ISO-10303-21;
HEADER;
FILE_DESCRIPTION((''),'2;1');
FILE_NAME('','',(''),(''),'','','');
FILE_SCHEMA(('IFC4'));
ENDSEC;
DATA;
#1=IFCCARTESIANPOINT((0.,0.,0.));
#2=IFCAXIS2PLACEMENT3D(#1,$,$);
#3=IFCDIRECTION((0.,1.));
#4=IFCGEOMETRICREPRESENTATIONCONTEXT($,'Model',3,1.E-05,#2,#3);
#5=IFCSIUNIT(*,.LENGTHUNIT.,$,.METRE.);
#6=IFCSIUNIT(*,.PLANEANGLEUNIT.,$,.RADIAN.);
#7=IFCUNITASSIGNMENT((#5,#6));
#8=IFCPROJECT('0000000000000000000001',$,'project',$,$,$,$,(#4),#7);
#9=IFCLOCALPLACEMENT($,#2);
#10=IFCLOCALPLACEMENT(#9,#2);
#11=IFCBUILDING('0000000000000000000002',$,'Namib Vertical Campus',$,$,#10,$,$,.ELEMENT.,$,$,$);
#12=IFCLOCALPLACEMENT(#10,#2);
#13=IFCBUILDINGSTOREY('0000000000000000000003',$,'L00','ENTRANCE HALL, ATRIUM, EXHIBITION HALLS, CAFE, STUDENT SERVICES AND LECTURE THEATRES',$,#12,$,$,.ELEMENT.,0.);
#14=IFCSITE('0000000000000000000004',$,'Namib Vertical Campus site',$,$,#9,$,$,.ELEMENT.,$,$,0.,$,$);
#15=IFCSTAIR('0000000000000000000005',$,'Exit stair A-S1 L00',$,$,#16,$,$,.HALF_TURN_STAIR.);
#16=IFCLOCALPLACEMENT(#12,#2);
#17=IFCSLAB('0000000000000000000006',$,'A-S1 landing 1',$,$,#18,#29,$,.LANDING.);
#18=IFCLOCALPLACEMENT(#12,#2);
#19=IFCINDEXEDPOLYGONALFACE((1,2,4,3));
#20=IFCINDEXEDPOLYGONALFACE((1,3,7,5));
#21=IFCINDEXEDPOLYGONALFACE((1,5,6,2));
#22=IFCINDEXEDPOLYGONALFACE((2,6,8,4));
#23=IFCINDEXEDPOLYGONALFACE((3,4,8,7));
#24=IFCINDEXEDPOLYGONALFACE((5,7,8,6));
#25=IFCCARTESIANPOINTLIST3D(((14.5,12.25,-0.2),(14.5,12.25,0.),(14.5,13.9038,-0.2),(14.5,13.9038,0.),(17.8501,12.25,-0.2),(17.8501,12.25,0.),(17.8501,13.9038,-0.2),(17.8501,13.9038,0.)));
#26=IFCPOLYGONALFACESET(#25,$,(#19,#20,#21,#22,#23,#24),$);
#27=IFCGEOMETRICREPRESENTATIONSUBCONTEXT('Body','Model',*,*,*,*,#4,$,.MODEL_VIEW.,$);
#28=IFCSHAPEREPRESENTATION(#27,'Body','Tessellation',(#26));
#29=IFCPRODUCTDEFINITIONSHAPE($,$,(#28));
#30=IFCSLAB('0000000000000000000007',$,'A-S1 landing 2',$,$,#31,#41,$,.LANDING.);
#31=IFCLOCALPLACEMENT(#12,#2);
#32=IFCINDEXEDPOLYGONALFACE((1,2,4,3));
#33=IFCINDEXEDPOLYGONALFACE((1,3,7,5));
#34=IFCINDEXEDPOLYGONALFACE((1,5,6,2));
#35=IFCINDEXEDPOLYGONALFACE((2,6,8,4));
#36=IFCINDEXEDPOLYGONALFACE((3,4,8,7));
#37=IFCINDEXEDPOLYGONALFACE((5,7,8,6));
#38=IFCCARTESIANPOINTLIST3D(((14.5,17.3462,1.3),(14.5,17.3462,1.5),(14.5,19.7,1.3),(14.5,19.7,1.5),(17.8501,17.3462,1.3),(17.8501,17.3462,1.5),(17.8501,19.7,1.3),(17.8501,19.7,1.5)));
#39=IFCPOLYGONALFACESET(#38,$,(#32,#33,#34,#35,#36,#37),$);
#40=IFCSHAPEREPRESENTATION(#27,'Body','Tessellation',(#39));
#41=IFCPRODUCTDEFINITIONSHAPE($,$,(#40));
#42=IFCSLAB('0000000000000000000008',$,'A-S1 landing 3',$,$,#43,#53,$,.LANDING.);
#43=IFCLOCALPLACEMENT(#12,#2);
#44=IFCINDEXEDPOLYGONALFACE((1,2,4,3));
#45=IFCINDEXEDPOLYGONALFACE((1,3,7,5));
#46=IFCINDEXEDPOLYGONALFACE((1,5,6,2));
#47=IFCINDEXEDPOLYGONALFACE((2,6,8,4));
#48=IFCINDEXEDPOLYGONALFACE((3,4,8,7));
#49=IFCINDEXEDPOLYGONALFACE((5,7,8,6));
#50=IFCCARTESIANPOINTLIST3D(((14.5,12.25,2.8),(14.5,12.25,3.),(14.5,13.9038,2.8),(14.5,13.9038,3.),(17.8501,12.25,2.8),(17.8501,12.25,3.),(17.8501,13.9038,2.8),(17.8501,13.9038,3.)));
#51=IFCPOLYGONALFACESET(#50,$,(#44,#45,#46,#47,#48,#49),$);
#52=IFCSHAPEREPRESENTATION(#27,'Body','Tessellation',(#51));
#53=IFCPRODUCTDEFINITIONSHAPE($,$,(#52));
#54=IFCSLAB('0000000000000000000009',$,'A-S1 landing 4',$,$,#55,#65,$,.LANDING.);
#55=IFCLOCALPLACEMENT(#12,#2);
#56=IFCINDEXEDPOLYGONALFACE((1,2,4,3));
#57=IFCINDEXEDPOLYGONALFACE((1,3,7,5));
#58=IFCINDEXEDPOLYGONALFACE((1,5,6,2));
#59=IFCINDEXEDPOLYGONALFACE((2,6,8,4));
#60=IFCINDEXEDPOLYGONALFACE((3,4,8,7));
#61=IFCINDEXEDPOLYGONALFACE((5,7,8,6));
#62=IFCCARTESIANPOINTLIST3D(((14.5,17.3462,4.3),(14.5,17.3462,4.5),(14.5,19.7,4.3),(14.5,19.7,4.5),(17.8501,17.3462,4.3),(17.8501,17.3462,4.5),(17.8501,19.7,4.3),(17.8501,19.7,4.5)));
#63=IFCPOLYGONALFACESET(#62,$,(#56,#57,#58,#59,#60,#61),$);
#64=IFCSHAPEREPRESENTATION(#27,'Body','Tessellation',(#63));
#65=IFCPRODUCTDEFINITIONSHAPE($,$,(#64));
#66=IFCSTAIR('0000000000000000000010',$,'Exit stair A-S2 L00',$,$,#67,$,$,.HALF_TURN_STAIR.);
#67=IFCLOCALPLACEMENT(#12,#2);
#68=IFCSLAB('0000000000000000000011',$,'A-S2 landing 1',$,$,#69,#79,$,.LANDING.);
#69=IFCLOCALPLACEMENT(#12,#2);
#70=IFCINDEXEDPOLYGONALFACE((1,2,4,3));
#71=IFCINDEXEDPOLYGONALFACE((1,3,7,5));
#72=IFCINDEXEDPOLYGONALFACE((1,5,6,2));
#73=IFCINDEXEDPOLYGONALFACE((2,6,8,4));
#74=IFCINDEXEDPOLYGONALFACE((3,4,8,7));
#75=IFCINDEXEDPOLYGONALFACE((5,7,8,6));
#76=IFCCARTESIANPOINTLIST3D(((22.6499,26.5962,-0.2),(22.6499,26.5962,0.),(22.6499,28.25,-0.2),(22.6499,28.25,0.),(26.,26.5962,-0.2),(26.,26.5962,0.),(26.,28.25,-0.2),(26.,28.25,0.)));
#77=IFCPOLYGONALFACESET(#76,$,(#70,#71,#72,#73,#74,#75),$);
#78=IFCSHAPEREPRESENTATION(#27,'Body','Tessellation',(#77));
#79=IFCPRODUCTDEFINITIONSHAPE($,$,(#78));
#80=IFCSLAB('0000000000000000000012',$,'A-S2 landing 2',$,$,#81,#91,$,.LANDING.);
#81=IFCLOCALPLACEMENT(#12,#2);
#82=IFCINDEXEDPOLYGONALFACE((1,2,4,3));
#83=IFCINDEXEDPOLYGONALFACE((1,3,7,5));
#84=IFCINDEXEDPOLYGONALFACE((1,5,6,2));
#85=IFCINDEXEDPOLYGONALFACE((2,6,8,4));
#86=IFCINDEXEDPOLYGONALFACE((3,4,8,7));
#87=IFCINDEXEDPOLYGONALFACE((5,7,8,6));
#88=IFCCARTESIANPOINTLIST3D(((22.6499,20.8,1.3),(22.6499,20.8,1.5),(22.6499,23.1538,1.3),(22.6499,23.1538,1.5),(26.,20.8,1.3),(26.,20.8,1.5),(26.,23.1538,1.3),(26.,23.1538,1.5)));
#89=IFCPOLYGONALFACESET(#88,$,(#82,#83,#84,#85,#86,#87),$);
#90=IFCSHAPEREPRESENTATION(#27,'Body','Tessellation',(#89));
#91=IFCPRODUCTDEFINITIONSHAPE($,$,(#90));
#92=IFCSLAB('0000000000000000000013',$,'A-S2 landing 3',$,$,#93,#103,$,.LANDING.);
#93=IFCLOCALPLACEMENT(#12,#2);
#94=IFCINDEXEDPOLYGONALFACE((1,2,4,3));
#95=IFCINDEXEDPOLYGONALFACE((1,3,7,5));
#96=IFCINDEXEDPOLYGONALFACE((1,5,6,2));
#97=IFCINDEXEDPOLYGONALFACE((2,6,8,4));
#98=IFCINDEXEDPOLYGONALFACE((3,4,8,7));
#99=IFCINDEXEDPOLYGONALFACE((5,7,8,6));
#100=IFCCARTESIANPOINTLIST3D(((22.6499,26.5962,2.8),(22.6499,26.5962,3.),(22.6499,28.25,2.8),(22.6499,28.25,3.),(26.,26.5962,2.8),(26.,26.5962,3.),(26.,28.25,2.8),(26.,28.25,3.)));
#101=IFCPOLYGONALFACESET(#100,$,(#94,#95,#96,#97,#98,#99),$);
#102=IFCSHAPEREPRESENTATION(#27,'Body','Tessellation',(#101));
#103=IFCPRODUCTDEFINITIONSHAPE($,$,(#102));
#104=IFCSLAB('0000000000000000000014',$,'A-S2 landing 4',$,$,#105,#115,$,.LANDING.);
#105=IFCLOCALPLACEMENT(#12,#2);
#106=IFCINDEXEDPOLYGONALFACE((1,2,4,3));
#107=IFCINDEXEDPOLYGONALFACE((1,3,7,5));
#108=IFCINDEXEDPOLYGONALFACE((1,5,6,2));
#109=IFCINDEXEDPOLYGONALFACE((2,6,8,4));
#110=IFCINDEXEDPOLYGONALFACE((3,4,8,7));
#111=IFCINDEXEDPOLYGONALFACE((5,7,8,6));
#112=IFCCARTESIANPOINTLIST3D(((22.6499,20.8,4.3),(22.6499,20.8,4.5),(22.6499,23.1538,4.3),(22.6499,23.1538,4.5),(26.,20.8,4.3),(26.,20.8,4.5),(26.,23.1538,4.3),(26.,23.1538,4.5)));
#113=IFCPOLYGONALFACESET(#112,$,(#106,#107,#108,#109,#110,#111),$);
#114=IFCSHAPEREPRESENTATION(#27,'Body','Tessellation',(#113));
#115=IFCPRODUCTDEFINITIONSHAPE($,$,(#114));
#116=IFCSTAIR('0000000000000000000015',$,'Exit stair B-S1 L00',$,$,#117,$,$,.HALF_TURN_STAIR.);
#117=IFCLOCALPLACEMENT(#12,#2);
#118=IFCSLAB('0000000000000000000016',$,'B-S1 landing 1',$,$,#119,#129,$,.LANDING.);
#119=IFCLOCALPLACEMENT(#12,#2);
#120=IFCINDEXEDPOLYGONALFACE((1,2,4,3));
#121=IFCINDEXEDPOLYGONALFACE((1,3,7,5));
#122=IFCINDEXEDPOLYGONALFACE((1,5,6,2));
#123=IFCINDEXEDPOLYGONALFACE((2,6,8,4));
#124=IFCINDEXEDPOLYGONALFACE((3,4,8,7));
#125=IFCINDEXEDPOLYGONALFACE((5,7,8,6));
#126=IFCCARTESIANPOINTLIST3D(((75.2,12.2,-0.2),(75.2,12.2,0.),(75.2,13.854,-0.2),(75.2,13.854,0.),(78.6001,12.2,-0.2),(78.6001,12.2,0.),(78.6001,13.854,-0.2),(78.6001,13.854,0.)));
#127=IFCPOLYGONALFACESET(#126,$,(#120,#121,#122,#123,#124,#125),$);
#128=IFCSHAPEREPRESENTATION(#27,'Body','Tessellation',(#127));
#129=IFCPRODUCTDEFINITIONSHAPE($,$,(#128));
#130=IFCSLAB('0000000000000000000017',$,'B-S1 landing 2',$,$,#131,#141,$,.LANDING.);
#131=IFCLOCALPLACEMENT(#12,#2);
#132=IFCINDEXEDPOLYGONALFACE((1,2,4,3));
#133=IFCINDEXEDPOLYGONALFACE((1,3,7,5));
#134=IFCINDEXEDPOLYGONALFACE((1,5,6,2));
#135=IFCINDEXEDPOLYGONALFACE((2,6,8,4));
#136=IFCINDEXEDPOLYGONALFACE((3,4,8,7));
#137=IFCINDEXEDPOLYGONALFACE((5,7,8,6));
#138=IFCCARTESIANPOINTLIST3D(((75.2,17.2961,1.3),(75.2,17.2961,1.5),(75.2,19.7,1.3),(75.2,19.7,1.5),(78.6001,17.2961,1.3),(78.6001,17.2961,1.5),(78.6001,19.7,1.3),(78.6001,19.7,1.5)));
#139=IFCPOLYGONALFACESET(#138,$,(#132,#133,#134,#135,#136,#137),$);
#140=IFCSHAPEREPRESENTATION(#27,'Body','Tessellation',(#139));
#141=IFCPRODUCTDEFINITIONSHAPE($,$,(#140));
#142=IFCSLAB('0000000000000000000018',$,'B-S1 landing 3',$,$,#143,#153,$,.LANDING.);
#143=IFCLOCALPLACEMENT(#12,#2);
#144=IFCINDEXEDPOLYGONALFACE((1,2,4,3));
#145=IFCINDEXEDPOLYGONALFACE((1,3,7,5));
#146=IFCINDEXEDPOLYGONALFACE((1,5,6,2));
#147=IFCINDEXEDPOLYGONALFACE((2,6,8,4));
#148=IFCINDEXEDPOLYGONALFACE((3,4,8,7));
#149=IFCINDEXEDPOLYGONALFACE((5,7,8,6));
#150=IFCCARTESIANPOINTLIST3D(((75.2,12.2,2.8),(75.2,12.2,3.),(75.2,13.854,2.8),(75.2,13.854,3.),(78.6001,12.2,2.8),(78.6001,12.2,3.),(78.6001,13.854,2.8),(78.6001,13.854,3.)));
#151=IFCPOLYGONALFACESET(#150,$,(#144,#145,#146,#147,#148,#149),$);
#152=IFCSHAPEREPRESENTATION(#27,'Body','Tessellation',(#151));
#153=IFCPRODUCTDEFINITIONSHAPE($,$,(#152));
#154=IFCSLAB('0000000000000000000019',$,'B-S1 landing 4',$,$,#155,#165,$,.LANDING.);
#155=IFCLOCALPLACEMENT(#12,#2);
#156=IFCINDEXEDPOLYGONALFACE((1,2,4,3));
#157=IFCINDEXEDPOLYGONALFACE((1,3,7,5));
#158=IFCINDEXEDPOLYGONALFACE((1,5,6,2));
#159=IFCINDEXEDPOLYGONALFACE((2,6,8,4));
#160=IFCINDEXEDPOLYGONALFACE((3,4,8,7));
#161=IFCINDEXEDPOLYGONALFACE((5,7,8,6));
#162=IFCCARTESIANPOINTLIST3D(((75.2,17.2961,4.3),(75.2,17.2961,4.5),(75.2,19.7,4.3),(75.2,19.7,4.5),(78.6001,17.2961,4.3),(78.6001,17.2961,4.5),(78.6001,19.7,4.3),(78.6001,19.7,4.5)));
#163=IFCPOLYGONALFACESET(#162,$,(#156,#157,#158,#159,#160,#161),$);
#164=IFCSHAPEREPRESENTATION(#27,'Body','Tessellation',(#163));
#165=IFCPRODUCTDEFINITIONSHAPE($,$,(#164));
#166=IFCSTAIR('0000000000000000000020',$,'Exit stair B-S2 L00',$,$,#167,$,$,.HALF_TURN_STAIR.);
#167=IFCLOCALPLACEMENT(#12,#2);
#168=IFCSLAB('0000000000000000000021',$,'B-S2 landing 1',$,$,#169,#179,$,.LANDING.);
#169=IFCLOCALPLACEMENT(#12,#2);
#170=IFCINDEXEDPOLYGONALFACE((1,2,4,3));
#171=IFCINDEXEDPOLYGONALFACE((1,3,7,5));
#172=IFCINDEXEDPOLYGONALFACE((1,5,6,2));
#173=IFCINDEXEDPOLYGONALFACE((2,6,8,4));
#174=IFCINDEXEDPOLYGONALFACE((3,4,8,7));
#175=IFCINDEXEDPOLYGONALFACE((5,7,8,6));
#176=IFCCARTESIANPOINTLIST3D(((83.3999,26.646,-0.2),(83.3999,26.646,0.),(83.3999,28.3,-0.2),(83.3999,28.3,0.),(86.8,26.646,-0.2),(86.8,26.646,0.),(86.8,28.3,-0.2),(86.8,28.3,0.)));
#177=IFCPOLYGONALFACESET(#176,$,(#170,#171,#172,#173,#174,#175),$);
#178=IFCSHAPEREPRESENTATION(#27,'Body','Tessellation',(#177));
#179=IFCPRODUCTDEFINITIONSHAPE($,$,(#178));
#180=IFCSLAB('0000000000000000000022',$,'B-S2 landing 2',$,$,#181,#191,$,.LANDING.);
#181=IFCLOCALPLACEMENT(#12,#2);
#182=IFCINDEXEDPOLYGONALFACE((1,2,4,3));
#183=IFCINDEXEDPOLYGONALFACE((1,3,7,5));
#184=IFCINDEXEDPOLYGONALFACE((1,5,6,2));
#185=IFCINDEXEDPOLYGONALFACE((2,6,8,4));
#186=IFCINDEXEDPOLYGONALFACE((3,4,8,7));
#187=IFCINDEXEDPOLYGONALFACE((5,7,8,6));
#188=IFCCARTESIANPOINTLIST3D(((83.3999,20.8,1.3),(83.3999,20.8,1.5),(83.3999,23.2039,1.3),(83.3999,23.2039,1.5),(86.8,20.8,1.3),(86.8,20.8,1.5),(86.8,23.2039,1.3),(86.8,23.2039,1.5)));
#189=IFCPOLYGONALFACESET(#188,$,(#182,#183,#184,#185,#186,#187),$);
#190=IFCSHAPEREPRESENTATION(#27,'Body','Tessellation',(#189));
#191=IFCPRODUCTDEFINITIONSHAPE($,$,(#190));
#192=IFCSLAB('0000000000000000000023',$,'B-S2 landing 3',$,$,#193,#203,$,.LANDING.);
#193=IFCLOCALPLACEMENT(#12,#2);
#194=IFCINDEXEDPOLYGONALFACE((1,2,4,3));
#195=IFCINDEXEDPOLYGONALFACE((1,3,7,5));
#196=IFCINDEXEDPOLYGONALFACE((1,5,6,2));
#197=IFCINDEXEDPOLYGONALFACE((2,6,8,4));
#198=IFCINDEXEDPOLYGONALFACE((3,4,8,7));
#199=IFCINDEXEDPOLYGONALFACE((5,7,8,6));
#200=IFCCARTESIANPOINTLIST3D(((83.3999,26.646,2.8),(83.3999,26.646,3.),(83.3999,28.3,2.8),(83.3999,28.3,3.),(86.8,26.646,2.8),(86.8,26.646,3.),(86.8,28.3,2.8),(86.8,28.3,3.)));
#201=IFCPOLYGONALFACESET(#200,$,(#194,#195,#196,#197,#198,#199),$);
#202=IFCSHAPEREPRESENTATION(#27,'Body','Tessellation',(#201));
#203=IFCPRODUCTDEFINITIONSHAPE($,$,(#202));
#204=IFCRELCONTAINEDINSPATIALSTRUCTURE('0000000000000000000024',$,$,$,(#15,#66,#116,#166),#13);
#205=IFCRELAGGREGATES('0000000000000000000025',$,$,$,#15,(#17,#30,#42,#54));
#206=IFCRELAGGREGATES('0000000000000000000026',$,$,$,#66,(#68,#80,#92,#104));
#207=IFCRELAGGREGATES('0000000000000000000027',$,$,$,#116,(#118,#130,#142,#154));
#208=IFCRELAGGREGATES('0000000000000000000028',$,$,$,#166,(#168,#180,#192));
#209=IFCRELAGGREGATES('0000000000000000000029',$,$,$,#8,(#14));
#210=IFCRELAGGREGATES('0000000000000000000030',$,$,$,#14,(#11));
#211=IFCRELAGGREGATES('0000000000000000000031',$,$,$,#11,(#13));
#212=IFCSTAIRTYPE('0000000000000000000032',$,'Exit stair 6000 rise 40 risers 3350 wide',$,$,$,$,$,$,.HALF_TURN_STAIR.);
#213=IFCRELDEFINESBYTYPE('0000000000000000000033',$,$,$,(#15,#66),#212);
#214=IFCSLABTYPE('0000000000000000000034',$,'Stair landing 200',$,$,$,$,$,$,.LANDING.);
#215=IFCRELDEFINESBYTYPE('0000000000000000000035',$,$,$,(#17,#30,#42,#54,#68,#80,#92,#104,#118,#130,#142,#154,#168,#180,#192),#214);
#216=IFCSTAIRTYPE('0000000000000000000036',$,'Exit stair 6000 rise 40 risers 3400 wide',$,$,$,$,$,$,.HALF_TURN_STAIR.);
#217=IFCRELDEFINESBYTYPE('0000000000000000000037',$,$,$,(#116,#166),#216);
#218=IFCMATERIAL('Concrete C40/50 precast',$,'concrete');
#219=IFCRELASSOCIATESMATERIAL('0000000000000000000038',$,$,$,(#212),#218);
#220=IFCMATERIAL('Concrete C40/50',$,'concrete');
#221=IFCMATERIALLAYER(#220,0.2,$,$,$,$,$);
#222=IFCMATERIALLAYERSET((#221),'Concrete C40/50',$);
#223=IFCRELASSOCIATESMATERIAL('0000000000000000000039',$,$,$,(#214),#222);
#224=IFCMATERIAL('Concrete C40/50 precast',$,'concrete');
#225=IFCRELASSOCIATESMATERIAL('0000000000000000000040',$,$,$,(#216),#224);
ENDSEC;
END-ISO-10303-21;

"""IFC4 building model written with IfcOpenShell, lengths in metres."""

from ifc_helpers import new_model, si_unit, direction, frame, origin, place, context, subcontext, project, spatial, polyline, outline, extrude, material, layer, layer_set, type_object, element, aggregate, save


model = new_model("IFC4")

# Units and contexts
model_context = context("Model", 3, precision=1e-05, world=origin(), true_north=direction((0.0, 1.0)))
body_context = subcontext(model_context, "Body", "Model", "MODEL_VIEW")
ifc_project = project(units=[si_unit("LENGTHUNIT", "METRE"), si_unit("PLANEANGLEUNIT", "RADIAN")], contexts=[model_context])

# Site, building, storey
site_placement = place(None, origin())
site = spatial("IfcSite", under=ifc_project, at=site_placement, Name="Namib Vertical Campus site", CompositionType="ELEMENT", RefElevation=0.0)
building_placement = place(site_placement, origin())
building = spatial("IfcBuilding", under=site, at=building_placement, Name="Namib Vertical Campus", CompositionType="ELEMENT")
storey_placement = place(building_placement, origin())
storey = spatial("IfcBuildingStorey", under=building, at=storey_placement, Name="L00", Description="ENTRANCE HALL, ATRIUM, EXHIBITION HALLS, CAFE, STUDENT SERVICES AND LECTURE THEATRES", CompositionType="ELEMENT", Elevation=0.0)

# Stairs, slabs
ifc_material_1 = material(Name="Concrete C40/50 precast", Category="concrete")
stair_type_1 = type_object("IfcStairType", Name="Exit stair 6000 rise 40 risers 3350 wide", PredefinedType="HALF_TURN_STAIR", material=ifc_material_1)
stair_1_placement = place(storey_placement, origin())
stair_1 = element("IfcStair", 1, at=stair_1_placement, inside=storey, type_object=stair_type_1, Name="Exit stair A-S1 L00", PredefinedType="HALF_TURN_STAIR")
ifc_material_2 = material(Name="Concrete C40/50", Category="concrete")
ifc_layer_1 = layer(ifc_material_2, 0.2)
ifc_layer_set_1 = layer_set([ifc_layer_1], Name="Concrete C40/50")
slab_type_1 = type_object("IfcSlabType", Name="Stair landing 200", PredefinedType="LANDING", material=ifc_layer_set_1)
slab_1_placement = place(storey_placement, frame((0.0, 0.0, -0.2)))
slab_1 = element("IfcSlab", 2, at=slab_1_placement, type_object=slab_type_1, Name="A-S1 landing 1", PredefinedType="LANDING", context=body_context, shape_type="SweptSolid", body=[
    extrude(outline(polyline([(14.5, 12.25), (17.8501, 12.25), (17.8501, 13.9038), (14.5, 13.9038), (14.5, 12.25)])), origin(), (0.0, 0.0, 1.0), 0.2),
])
slab_2_placement = place(storey_placement, frame((0.0, 0.0, 1.3)))
slab_2 = element("IfcSlab", 3, at=slab_2_placement, type_object=slab_type_1, Name="A-S1 landing 2", PredefinedType="LANDING", context=body_context, shape_type="SweptSolid", body=[
    extrude(outline(polyline([(14.5, 17.3462), (17.8501, 17.3462), (17.8501, 19.7), (14.5, 19.7), (14.5, 17.3462)])), origin(), (0.0, 0.0, 1.0), 0.2),
])
slab_3_placement = place(storey_placement, frame((0.0, 0.0, 2.8)))
slab_3 = element("IfcSlab", 4, at=slab_3_placement, type_object=slab_type_1, Name="A-S1 landing 3", PredefinedType="LANDING", context=body_context, shape_type="SweptSolid", body=[
    extrude(outline(polyline([(14.5, 12.25), (17.8501, 12.25), (17.8501, 13.9038), (14.5, 13.9038), (14.5, 12.25)])), origin(), (0.0, 0.0, 1.0), 0.2),
])
slab_4_placement = place(storey_placement, frame((0.0, 0.0, 4.3)))
slab_4 = element("IfcSlab", 5, at=slab_4_placement, type_object=slab_type_1, Name="A-S1 landing 4", PredefinedType="LANDING", context=body_context, shape_type="SweptSolid", body=[
    extrude(outline(polyline([(14.5, 17.3462), (17.8501, 17.3462), (17.8501, 19.7), (14.5, 19.7), (14.5, 17.3462)])), origin(), (0.0, 0.0, 1.0), 0.2),
])
aggregate(stair_1, [slab_1, slab_2, slab_3, slab_4])
stair_2_placement = place(storey_placement, origin())
stair_2 = element("IfcStair", 6, at=stair_2_placement, inside=storey, type_object=stair_type_1, Name="Exit stair A-S2 L00", PredefinedType="HALF_TURN_STAIR")
slab_5_placement = place(storey_placement, frame((0.0, 0.0, -0.2)))
slab_5 = element("IfcSlab", 7, at=slab_5_placement, type_object=slab_type_1, Name="A-S2 landing 1", PredefinedType="LANDING", context=body_context, shape_type="SweptSolid", body=[
    extrude(outline(polyline([(22.6499, 26.5962), (26.0, 26.5962), (26.0, 28.25), (22.6499, 28.25), (22.6499, 26.5962)])), origin(), (0.0, 0.0, 1.0), 0.2),
])
slab_6_placement = place(storey_placement, frame((0.0, 0.0, 1.3)))
slab_6 = element("IfcSlab", 8, at=slab_6_placement, type_object=slab_type_1, Name="A-S2 landing 2", PredefinedType="LANDING", context=body_context, shape_type="SweptSolid", body=[
    extrude(outline(polyline([(22.6499, 20.8), (26.0, 20.8), (26.0, 23.1538), (22.6499, 23.1538), (22.6499, 20.8)])), origin(), (0.0, 0.0, 1.0), 0.2),
])
slab_7_placement = place(storey_placement, frame((0.0, 0.0, 2.8)))
slab_7 = element("IfcSlab", 9, at=slab_7_placement, type_object=slab_type_1, Name="A-S2 landing 3", PredefinedType="LANDING", context=body_context, shape_type="SweptSolid", body=[
    extrude(outline(polyline([(22.6499, 26.5962), (26.0, 26.5962), (26.0, 28.25), (22.6499, 28.25), (22.6499, 26.5962)])), origin(), (0.0, 0.0, 1.0), 0.2),
])
slab_8_placement = place(storey_placement, frame((0.0, 0.0, 4.3)))
slab_8 = element("IfcSlab", 10, at=slab_8_placement, type_object=slab_type_1, Name="A-S2 landing 4", PredefinedType="LANDING", context=body_context, shape_type="SweptSolid", body=[
    extrude(outline(polyline([(22.6499, 20.8), (26.0, 20.8), (26.0, 23.1538), (22.6499, 23.1538), (22.6499, 20.8)])), origin(), (0.0, 0.0, 1.0), 0.2),
])
aggregate(stair_2, [slab_5, slab_6, slab_7, slab_8])
ifc_material_3 = material(Name="Concrete C40/50 precast", Category="concrete")
stair_type_2 = type_object("IfcStairType", Name="Exit stair 6000 rise 40 risers 3400 wide", PredefinedType="HALF_TURN_STAIR", material=ifc_material_3)
stair_3_placement = place(storey_placement, origin())
stair_3 = element("IfcStair", 11, at=stair_3_placement, inside=storey, type_object=stair_type_2, Name="Exit stair B-S1 L00", PredefinedType="HALF_TURN_STAIR")
slab_9_placement = place(storey_placement, frame((0.0, 0.0, -0.2)))
slab_9 = element("IfcSlab", 12, at=slab_9_placement, type_object=slab_type_1, Name="B-S1 landing 1", PredefinedType="LANDING", context=body_context, shape_type="SweptSolid", body=[
    extrude(outline(polyline([(75.2, 12.2), (78.6001, 12.2), (78.6001, 13.854), (75.2, 13.854), (75.2, 12.2)])), origin(), (0.0, 0.0, 1.0), 0.2),
])
slab_10_placement = place(storey_placement, frame((0.0, 0.0, 1.3)))
slab_10 = element("IfcSlab", 13, at=slab_10_placement, type_object=slab_type_1, Name="B-S1 landing 2", PredefinedType="LANDING", context=body_context, shape_type="SweptSolid", body=[
    extrude(outline(polyline([(75.2, 17.2961), (78.6001, 17.2961), (78.6001, 19.7), (75.2, 19.7), (75.2, 17.2961)])), origin(), (0.0, 0.0, 1.0), 0.2),
])
slab_11_placement = place(storey_placement, frame((0.0, 0.0, 2.8)))
slab_11 = element("IfcSlab", 14, at=slab_11_placement, type_object=slab_type_1, Name="B-S1 landing 3", PredefinedType="LANDING", context=body_context, shape_type="SweptSolid", body=[
    extrude(outline(polyline([(75.2, 12.2), (78.6001, 12.2), (78.6001, 13.854), (75.2, 13.854), (75.2, 12.2)])), origin(), (0.0, 0.0, 1.0), 0.2),
])
slab_12_placement = place(storey_placement, frame((0.0, 0.0, 4.3)))
slab_12 = element("IfcSlab", 15, at=slab_12_placement, type_object=slab_type_1, Name="B-S1 landing 4", PredefinedType="LANDING", context=body_context, shape_type="SweptSolid", body=[
    extrude(outline(polyline([(75.2, 17.2961), (78.6001, 17.2961), (78.6001, 19.7), (75.2, 19.7), (75.2, 17.2961)])), origin(), (0.0, 0.0, 1.0), 0.2),
])
aggregate(stair_3, [slab_9, slab_10, slab_11, slab_12])
stair_4_placement = place(storey_placement, origin())
stair_4 = element("IfcStair", 16, at=stair_4_placement, inside=storey, type_object=stair_type_2, Name="Exit stair B-S2 L00", PredefinedType="HALF_TURN_STAIR")
slab_13_placement = place(storey_placement, frame((0.0, 0.0, -0.2)))
slab_13 = element("IfcSlab", 17, at=slab_13_placement, type_object=slab_type_1, Name="B-S2 landing 1", PredefinedType="LANDING", context=body_context, shape_type="SweptSolid", body=[
    extrude(outline(polyline([(83.3999, 26.646), (86.8, 26.646), (86.8, 28.3), (83.3999, 28.3), (83.3999, 26.646)])), origin(), (0.0, 0.0, 1.0), 0.2),
])
slab_14_placement = place(storey_placement, frame((0.0, 0.0, 1.3)))
slab_14 = element("IfcSlab", 18, at=slab_14_placement, type_object=slab_type_1, Name="B-S2 landing 2", PredefinedType="LANDING", context=body_context, shape_type="SweptSolid", body=[
    extrude(outline(polyline([(83.3999, 20.8), (86.8, 20.8), (86.8, 23.2039), (83.3999, 23.2039), (83.3999, 20.8)])), origin(), (0.0, 0.0, 1.0), 0.2),
])
slab_15_placement = place(storey_placement, frame((0.0, 0.0, 2.8)))
slab_15 = element("IfcSlab", 19, at=slab_15_placement, type_object=slab_type_1, Name="B-S2 landing 3", PredefinedType="LANDING", context=body_context, shape_type="SweptSolid", body=[
    extrude(outline(polyline([(83.3999, 26.646), (86.8, 26.646), (86.8, 28.3), (83.3999, 28.3), (83.3999, 26.646)])), origin(), (0.0, 0.0, 1.0), 0.2),
])
aggregate(stair_4, [slab_13, slab_14, slab_15])

save(model, "model.ifc")
